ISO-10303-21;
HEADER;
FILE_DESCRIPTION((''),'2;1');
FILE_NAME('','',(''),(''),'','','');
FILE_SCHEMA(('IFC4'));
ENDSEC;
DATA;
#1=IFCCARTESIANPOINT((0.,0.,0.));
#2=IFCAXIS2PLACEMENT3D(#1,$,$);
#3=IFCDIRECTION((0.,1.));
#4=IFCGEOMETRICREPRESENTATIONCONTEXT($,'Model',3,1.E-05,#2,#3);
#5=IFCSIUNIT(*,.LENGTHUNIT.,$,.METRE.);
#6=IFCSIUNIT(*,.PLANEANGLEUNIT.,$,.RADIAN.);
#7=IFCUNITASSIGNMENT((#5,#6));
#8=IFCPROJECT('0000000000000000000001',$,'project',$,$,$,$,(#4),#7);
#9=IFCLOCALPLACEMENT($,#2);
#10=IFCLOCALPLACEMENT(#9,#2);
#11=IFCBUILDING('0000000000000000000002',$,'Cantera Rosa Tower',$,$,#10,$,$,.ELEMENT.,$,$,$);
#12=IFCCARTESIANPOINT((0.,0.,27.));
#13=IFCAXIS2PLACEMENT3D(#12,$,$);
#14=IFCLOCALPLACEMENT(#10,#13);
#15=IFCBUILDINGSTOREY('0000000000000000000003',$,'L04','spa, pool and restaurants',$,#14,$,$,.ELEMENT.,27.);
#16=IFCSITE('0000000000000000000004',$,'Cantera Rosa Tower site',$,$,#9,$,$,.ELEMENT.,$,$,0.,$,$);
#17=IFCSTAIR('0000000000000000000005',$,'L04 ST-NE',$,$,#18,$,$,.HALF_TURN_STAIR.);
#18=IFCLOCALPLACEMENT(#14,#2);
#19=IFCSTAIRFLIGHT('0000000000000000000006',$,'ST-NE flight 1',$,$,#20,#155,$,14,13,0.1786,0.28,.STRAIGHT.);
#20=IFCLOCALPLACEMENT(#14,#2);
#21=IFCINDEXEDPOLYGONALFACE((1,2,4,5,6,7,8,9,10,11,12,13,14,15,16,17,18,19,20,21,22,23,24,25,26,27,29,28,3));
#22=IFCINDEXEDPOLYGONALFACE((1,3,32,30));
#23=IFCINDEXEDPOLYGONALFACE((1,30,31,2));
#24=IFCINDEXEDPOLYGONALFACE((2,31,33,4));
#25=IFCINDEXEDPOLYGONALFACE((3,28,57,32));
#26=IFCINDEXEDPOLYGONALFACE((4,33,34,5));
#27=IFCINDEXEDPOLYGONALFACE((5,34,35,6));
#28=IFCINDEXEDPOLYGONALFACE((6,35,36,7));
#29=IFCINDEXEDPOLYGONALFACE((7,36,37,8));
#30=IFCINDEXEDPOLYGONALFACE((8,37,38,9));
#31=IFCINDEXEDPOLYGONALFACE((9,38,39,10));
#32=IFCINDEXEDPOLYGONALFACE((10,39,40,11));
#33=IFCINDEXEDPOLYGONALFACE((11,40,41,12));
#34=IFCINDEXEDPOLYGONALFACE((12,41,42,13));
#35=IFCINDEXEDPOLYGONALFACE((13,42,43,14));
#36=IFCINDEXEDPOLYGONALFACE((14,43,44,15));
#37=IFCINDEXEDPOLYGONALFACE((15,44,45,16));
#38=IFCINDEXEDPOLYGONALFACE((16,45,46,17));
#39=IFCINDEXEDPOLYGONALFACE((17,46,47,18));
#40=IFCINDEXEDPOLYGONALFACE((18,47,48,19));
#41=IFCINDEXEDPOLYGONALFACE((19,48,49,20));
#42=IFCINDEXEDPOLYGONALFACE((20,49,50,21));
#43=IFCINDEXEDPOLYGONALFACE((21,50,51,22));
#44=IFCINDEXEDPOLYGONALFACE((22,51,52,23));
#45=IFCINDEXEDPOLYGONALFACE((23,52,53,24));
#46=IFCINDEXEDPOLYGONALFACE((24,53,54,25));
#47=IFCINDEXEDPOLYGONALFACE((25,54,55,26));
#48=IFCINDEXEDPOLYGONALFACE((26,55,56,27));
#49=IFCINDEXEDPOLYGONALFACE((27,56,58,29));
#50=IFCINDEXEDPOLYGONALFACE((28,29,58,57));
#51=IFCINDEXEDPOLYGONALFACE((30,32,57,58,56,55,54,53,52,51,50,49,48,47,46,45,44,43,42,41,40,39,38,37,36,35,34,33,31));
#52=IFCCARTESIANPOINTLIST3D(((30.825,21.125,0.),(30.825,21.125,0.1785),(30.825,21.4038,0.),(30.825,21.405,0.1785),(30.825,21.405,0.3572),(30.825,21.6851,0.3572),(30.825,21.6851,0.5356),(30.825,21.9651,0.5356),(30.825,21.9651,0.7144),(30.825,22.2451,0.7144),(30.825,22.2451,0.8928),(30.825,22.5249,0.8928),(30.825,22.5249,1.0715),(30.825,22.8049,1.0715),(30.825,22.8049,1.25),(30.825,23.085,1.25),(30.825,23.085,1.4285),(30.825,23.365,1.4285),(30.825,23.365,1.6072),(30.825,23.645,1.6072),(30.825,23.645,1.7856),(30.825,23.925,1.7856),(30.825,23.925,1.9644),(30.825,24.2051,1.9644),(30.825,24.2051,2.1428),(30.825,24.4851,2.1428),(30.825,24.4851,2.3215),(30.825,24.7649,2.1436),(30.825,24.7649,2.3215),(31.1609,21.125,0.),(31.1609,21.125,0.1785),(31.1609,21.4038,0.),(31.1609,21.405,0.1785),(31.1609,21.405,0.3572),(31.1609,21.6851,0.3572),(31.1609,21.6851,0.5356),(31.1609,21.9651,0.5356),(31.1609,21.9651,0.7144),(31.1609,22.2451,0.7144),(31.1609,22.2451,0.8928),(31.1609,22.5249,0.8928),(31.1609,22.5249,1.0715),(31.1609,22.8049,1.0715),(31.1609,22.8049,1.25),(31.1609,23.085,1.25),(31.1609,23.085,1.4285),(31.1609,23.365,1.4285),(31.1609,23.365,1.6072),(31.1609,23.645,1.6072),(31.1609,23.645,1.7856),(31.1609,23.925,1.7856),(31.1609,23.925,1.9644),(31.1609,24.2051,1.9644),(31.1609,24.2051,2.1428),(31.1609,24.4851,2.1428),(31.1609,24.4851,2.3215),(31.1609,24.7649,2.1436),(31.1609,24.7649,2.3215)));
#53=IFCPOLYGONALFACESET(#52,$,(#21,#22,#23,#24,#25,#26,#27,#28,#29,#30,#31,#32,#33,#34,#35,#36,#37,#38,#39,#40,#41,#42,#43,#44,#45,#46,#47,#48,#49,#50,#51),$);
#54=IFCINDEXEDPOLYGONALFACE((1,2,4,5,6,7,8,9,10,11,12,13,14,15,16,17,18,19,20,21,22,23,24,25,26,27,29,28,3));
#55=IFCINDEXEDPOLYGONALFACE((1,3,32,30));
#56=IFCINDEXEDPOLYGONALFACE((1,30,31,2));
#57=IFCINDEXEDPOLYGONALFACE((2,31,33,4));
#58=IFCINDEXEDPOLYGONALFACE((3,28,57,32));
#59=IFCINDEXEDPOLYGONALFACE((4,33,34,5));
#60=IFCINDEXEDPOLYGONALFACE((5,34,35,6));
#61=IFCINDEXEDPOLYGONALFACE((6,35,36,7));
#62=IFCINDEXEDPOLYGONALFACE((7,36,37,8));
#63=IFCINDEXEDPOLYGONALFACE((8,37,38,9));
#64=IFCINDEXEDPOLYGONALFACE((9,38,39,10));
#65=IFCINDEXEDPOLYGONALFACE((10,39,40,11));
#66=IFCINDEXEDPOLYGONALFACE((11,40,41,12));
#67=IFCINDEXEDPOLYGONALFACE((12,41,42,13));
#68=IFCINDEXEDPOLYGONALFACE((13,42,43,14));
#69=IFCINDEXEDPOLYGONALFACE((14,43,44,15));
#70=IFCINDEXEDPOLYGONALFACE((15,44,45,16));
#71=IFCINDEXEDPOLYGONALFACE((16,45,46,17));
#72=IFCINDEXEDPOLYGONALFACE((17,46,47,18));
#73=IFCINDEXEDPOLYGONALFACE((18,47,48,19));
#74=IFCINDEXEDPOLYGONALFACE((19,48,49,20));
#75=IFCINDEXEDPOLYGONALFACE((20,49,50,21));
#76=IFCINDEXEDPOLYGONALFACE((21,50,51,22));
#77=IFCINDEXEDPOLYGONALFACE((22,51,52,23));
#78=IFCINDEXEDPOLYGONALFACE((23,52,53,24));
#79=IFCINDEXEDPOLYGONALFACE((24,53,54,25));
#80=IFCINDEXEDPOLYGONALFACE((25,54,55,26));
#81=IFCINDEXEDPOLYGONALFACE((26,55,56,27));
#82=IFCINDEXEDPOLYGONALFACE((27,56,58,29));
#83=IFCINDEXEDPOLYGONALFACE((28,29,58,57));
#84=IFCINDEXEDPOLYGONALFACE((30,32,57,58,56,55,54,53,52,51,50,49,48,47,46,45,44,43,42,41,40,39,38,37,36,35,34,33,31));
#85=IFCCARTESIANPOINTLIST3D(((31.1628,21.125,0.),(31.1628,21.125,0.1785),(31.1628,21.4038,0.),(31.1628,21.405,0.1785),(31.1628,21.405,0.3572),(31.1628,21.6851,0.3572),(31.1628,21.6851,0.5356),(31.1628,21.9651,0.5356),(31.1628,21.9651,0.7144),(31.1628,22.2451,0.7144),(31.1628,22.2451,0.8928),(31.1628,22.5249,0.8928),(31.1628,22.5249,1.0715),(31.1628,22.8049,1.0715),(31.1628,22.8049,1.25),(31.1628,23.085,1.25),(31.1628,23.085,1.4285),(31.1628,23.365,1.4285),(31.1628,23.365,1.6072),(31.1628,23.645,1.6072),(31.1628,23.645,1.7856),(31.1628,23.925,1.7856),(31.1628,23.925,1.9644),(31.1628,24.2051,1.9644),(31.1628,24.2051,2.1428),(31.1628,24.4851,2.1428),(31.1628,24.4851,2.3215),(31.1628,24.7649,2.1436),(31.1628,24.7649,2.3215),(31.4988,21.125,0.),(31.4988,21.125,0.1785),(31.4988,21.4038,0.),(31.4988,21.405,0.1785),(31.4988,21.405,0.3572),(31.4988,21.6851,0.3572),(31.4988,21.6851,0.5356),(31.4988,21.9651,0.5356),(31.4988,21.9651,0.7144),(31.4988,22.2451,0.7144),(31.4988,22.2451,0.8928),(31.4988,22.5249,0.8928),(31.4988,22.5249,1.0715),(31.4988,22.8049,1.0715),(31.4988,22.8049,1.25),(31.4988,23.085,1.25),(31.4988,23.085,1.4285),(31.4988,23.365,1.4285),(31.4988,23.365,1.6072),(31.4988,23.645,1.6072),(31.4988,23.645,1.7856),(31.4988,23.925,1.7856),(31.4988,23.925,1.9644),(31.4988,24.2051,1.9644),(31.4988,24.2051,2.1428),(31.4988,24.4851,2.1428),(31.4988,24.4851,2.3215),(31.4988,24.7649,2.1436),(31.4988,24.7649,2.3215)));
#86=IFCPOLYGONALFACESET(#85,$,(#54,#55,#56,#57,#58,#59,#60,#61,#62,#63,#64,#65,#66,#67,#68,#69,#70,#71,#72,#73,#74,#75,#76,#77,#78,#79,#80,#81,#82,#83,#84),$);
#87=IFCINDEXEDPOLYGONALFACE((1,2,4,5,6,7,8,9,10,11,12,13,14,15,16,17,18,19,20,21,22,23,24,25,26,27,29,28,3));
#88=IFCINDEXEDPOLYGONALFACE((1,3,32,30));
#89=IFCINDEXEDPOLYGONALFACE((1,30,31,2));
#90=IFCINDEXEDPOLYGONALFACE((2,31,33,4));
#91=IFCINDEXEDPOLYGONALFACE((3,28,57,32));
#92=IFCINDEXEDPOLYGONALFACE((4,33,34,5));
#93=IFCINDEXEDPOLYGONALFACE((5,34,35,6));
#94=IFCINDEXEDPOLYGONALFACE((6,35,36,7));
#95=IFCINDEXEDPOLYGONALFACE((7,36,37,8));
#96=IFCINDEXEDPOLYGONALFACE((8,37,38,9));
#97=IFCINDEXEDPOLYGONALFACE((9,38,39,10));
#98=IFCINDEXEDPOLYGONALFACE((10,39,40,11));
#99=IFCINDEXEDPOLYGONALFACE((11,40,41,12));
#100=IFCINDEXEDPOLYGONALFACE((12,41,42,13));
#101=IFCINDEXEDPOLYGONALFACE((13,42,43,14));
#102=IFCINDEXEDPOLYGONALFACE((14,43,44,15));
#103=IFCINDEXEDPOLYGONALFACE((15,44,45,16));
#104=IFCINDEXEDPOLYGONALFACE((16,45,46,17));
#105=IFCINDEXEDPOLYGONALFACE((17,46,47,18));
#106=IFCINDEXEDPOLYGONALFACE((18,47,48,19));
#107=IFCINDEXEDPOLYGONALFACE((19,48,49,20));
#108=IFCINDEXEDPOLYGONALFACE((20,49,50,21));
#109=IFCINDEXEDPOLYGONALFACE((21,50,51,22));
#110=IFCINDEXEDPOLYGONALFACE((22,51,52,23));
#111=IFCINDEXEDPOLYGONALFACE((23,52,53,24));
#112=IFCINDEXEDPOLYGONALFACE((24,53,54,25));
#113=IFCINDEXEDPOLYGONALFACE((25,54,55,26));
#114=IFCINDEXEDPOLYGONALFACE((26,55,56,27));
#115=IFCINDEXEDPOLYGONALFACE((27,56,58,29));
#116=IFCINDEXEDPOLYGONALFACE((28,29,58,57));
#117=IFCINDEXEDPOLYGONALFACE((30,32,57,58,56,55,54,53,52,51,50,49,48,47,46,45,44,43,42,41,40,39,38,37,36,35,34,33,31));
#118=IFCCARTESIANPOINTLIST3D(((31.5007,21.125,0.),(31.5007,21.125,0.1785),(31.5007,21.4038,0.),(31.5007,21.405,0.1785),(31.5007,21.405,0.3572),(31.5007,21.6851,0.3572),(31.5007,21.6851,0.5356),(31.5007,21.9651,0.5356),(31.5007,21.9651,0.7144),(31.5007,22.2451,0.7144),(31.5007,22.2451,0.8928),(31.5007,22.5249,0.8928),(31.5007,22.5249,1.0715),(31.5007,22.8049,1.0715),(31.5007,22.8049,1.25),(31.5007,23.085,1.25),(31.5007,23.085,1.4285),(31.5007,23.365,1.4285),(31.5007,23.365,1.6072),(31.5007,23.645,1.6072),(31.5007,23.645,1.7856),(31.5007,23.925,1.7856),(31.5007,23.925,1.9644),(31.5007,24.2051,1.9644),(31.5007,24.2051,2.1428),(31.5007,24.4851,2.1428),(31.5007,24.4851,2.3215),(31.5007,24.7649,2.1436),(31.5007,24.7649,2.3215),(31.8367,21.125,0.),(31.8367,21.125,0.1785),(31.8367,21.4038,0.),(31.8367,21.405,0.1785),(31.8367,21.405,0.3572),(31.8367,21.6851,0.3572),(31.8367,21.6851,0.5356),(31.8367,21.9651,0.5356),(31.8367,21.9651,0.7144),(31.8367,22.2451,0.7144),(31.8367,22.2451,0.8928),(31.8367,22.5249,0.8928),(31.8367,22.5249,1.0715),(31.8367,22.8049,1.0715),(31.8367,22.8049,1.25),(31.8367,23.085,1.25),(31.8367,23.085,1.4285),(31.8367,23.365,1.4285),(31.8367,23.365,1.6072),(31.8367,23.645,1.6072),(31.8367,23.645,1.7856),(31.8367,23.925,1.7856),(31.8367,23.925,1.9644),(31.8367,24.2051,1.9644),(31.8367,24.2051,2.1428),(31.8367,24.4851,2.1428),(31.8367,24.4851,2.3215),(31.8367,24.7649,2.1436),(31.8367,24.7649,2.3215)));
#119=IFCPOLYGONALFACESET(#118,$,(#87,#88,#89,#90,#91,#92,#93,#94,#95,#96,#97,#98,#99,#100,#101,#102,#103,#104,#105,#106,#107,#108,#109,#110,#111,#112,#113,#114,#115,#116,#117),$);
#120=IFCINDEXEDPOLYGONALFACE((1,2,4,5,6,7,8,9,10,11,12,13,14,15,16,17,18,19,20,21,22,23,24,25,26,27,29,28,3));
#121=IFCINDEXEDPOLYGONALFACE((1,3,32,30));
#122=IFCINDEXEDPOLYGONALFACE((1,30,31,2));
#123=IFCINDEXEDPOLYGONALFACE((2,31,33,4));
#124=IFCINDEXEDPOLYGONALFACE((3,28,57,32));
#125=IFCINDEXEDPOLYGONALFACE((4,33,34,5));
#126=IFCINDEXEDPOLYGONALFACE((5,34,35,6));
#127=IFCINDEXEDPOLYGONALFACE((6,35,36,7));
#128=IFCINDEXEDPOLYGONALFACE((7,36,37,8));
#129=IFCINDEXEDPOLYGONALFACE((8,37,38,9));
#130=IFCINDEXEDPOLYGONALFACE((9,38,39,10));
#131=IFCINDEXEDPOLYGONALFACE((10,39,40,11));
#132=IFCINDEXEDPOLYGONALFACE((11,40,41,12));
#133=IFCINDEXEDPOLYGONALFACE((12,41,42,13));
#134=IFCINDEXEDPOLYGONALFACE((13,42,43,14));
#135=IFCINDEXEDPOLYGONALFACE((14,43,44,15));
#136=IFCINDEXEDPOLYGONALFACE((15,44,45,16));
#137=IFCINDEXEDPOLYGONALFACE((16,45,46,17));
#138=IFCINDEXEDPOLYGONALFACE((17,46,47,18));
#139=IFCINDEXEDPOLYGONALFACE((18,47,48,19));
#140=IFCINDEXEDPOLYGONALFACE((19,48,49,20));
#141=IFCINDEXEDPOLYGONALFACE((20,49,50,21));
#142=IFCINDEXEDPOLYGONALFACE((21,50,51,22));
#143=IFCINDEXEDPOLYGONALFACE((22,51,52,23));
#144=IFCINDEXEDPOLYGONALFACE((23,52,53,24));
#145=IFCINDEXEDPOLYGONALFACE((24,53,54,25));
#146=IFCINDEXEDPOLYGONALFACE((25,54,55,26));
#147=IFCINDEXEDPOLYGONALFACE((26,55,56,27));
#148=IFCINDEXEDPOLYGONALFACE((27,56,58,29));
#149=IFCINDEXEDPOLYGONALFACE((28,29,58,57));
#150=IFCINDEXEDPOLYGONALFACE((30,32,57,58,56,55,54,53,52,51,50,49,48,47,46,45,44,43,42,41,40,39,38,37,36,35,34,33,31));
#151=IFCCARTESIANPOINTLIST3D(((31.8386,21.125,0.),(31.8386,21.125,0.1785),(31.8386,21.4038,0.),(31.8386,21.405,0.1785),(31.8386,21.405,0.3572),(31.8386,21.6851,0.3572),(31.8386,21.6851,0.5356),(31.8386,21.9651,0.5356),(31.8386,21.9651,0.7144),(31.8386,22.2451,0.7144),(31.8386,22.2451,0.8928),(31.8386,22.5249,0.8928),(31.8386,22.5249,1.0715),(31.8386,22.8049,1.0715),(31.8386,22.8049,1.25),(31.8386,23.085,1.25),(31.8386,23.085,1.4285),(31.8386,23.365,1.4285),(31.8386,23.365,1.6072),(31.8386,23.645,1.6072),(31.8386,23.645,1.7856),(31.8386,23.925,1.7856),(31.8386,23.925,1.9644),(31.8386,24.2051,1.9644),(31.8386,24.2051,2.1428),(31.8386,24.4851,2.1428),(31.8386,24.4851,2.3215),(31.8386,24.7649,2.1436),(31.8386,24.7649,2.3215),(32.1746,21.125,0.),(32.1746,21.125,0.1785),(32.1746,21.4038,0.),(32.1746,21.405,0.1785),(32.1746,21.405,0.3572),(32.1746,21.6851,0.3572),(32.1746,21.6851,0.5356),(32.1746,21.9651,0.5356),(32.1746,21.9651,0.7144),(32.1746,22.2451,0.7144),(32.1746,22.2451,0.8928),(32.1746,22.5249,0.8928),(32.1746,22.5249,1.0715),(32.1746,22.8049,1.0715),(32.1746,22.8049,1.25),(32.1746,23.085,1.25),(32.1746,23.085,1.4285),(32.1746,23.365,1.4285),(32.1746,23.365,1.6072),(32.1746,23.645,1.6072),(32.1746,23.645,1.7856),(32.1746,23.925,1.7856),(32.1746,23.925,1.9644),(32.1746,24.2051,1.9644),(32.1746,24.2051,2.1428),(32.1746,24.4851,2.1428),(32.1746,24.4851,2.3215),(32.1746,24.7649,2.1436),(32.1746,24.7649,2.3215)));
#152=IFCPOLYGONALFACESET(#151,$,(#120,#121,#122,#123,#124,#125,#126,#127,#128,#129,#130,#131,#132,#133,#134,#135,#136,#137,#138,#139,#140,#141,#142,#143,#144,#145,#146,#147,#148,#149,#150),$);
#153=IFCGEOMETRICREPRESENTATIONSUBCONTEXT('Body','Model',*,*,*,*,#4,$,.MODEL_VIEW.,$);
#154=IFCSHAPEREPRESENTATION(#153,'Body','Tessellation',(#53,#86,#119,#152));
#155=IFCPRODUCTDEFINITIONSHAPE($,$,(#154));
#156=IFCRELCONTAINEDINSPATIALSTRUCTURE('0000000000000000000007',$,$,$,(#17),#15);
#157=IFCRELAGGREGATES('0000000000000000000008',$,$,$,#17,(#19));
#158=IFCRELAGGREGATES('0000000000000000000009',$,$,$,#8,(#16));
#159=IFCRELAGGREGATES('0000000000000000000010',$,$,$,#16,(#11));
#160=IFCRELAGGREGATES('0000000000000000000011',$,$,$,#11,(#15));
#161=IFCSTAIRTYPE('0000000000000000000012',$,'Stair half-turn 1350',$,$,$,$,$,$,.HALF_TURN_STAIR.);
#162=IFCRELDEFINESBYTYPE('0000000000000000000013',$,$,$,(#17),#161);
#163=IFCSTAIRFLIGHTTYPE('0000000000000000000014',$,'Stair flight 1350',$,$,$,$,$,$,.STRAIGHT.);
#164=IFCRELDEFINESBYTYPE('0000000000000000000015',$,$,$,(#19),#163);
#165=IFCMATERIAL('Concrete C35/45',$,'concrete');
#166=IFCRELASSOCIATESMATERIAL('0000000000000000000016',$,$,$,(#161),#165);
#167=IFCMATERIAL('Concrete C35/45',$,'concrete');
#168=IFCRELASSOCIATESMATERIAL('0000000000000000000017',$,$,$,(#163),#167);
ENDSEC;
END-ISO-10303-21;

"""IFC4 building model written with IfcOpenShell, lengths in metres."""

from ifc_helpers import new_model, si_unit, direction, frame, origin, place, context, subcontext, project, spatial, polyline, outline, extrude, material, type_object, element, aggregate, save


model = new_model("IFC4")

# Units and contexts
model_context = context("Model", 3, precision=1e-05, world=origin(), true_north=direction((0.0, 1.0)))
body_context = subcontext(model_context, "Body", "Model", "MODEL_VIEW")
ifc_project = project(units=[si_unit("LENGTHUNIT", "METRE"), si_unit("PLANEANGLEUNIT", "RADIAN")], contexts=[model_context])

# Site, building, storey
site_placement = place(None, origin())
site = spatial("IfcSite", under=ifc_project, at=site_placement, Name="Cantera Rosa Tower site", CompositionType="ELEMENT", RefElevation=0.0)
building_placement = place(site_placement, origin())
building = spatial("IfcBuilding", under=site, at=building_placement, Name="Cantera Rosa Tower", CompositionType="ELEMENT")
storey_placement = place(building_placement, frame((0.0, 0.0, 27.0)))
storey = spatial("IfcBuildingStorey", under=building, at=storey_placement, Name="L04", Description="spa, pool and restaurants", CompositionType="ELEMENT", Elevation=27.0)

# Stair, stair flight
ifc_material_1 = material(Name="Concrete C35/45", Category="concrete")
stair_type = type_object("IfcStairType", Name="Stair half-turn 1350", PredefinedType="HALF_TURN_STAIR", material=ifc_material_1)
stair_placement = place(storey_placement, origin())
stair = element("IfcStair", 1, at=stair_placement, inside=storey, type_object=stair_type, Name="L04 ST-NE", PredefinedType="HALF_TURN_STAIR")
ifc_material_2 = material(Name="Concrete C35/45", Category="concrete")
stair_flight_type = type_object("IfcStairFlightType", Name="Stair flight 1350", PredefinedType="STRAIGHT", material=ifc_material_2)
stair_flight_1_placement = place(storey_placement, frame((31.5, 21.125, 0.0), z_axis=(0.0, 0.0, 1.0), x_axis=(0.0, 1.0, 0.0)))
stair_flight_1 = element("IfcStairFlight", 2, at=stair_flight_1_placement, type_object=stair_flight_type, Name="ST-NE flight 1", NumberOfRisers=14, NumberOfTreads=13, PredefinedType="STRAIGHT", RiserHeight=0.1786, TreadLength=0.28, context=body_context, shape_type="SweptSolid", body=[
    extrude(outline(polyline([(0.0, 0.0), (0.0, 0.1785), (0.28, 0.1785), (0.28, 0.3572), (0.5601, 0.3572), (0.5601, 0.5356), (0.8401, 0.5356), (0.8401, 0.7144), (1.1201, 0.7144), (1.1201, 0.8928), (1.3999, 0.8928), (1.3999, 1.0715), (1.6799, 1.0715), (1.6799, 1.25), (1.96, 1.25), (1.96, 1.4285), (2.24, 1.4285), (2.24, 1.6072), (2.52, 1.6072), (2.52, 1.7856), (2.8, 1.7856), (2.8, 1.9644), (3.0801, 1.9644), (3.0801, 2.1428), (3.3601, 2.1428), (3.3601, 2.3215), (3.6399, 2.3215), (3.6399, 2.5), (3.6399, 2.1436), (0.2788, 0.0), (0.0, 0.0)])), frame((0.0, 0.675, 0.0), z_axis=(0.0, -1.0, 0.0), x_axis=(1.0, 0.0, 0.0)), (0.0, 0.0, 1.0), 0.3359),
    extrude(outline(polyline([(0.0, 0.0), (0.0, 0.1785), (0.28, 0.1785), (0.28, 0.3572), (0.5601, 0.3572), (0.5601, 0.5356), (0.8401, 0.5356), (0.8401, 0.7144), (1.1201, 0.7144), (1.1201, 0.8928), (1.3999, 0.8928), (1.3999, 1.0715), (1.6799, 1.0715), (1.6799, 1.25), (1.96, 1.25), (1.96, 1.4285), (2.24, 1.4285), (2.24, 1.6072), (2.52, 1.6072), (2.52, 1.7856), (2.8, 1.7856), (2.8, 1.9644), (3.0801, 1.9644), (3.0801, 2.1428), (3.3601, 2.1428), (3.3601, 2.3215), (3.6399, 2.3215), (3.6399, 2.5), (3.6399, 2.1436), (0.2788, 0.0), (0.0, 0.0)])), frame((0.0, 0.3372, 0.0), z_axis=(0.0, -1.0, 0.0), x_axis=(1.0, 0.0, 0.0)), (0.0, 0.0, 1.0), 0.3359),
    extrude(outline(polyline([(0.0, 0.0), (0.0, 0.1785), (0.28, 0.1785), (0.28, 0.3572), (0.5601, 0.3572), (0.5601, 0.5356), (0.8401, 0.5356), (0.8401, 0.7144), (1.1201, 0.7144), (1.1201, 0.8928), (1.3999, 0.8928), (1.3999, 1.0715), (1.6799, 1.0715), (1.6799, 1.25), (1.96, 1.25), (1.96, 1.4285), (2.24, 1.4285), (2.24, 1.6072), (2.52, 1.6072), (2.52, 1.7856), (2.8, 1.7856), (2.8, 1.9644), (3.0801, 1.9644), (3.0801, 2.1428), (3.3601, 2.1428), (3.3601, 2.3215), (3.6399, 2.3215), (3.6399, 2.5), (3.6399, 2.1436), (0.2788, 0.0), (0.0, 0.0)])), frame((0.0, -0.0007, 0.0), z_axis=(0.0, -1.0, 0.0), x_axis=(1.0, 0.0, 0.0)), (0.0, 0.0, 1.0), 0.3359),
    extrude(outline(polyline([(0.0, 0.0), (0.0, 0.1785), (0.28, 0.1785), (0.28, 0.3572), (0.5601, 0.3572), (0.5601, 0.5356), (0.8401, 0.5356), (0.8401, 0.7144), (1.1201, 0.7144), (1.1201, 0.8928), (1.3999, 0.8928), (1.3999, 1.0715), (1.6799, 1.0715), (1.6799, 1.25), (1.96, 1.25), (1.96, 1.4285), (2.24, 1.4285), (2.24, 1.6072), (2.52, 1.6072), (2.52, 1.7856), (2.8, 1.7856), (2.8, 1.9644), (3.0801, 1.9644), (3.0801, 2.1428), (3.3601, 2.1428), (3.3601, 2.3215), (3.6399, 2.3215), (3.6399, 2.5), (3.6399, 2.1436), (0.2788, 0.0), (0.0, 0.0)])), frame((0.0, -0.3386, 0.0), z_axis=(0.0, -1.0, 0.0), x_axis=(1.0, 0.0, 0.0)), (0.0, 0.0, 1.0), 0.3359),
])
aggregate(stair, [stair_flight_1])

save(model, "model.ifc")
